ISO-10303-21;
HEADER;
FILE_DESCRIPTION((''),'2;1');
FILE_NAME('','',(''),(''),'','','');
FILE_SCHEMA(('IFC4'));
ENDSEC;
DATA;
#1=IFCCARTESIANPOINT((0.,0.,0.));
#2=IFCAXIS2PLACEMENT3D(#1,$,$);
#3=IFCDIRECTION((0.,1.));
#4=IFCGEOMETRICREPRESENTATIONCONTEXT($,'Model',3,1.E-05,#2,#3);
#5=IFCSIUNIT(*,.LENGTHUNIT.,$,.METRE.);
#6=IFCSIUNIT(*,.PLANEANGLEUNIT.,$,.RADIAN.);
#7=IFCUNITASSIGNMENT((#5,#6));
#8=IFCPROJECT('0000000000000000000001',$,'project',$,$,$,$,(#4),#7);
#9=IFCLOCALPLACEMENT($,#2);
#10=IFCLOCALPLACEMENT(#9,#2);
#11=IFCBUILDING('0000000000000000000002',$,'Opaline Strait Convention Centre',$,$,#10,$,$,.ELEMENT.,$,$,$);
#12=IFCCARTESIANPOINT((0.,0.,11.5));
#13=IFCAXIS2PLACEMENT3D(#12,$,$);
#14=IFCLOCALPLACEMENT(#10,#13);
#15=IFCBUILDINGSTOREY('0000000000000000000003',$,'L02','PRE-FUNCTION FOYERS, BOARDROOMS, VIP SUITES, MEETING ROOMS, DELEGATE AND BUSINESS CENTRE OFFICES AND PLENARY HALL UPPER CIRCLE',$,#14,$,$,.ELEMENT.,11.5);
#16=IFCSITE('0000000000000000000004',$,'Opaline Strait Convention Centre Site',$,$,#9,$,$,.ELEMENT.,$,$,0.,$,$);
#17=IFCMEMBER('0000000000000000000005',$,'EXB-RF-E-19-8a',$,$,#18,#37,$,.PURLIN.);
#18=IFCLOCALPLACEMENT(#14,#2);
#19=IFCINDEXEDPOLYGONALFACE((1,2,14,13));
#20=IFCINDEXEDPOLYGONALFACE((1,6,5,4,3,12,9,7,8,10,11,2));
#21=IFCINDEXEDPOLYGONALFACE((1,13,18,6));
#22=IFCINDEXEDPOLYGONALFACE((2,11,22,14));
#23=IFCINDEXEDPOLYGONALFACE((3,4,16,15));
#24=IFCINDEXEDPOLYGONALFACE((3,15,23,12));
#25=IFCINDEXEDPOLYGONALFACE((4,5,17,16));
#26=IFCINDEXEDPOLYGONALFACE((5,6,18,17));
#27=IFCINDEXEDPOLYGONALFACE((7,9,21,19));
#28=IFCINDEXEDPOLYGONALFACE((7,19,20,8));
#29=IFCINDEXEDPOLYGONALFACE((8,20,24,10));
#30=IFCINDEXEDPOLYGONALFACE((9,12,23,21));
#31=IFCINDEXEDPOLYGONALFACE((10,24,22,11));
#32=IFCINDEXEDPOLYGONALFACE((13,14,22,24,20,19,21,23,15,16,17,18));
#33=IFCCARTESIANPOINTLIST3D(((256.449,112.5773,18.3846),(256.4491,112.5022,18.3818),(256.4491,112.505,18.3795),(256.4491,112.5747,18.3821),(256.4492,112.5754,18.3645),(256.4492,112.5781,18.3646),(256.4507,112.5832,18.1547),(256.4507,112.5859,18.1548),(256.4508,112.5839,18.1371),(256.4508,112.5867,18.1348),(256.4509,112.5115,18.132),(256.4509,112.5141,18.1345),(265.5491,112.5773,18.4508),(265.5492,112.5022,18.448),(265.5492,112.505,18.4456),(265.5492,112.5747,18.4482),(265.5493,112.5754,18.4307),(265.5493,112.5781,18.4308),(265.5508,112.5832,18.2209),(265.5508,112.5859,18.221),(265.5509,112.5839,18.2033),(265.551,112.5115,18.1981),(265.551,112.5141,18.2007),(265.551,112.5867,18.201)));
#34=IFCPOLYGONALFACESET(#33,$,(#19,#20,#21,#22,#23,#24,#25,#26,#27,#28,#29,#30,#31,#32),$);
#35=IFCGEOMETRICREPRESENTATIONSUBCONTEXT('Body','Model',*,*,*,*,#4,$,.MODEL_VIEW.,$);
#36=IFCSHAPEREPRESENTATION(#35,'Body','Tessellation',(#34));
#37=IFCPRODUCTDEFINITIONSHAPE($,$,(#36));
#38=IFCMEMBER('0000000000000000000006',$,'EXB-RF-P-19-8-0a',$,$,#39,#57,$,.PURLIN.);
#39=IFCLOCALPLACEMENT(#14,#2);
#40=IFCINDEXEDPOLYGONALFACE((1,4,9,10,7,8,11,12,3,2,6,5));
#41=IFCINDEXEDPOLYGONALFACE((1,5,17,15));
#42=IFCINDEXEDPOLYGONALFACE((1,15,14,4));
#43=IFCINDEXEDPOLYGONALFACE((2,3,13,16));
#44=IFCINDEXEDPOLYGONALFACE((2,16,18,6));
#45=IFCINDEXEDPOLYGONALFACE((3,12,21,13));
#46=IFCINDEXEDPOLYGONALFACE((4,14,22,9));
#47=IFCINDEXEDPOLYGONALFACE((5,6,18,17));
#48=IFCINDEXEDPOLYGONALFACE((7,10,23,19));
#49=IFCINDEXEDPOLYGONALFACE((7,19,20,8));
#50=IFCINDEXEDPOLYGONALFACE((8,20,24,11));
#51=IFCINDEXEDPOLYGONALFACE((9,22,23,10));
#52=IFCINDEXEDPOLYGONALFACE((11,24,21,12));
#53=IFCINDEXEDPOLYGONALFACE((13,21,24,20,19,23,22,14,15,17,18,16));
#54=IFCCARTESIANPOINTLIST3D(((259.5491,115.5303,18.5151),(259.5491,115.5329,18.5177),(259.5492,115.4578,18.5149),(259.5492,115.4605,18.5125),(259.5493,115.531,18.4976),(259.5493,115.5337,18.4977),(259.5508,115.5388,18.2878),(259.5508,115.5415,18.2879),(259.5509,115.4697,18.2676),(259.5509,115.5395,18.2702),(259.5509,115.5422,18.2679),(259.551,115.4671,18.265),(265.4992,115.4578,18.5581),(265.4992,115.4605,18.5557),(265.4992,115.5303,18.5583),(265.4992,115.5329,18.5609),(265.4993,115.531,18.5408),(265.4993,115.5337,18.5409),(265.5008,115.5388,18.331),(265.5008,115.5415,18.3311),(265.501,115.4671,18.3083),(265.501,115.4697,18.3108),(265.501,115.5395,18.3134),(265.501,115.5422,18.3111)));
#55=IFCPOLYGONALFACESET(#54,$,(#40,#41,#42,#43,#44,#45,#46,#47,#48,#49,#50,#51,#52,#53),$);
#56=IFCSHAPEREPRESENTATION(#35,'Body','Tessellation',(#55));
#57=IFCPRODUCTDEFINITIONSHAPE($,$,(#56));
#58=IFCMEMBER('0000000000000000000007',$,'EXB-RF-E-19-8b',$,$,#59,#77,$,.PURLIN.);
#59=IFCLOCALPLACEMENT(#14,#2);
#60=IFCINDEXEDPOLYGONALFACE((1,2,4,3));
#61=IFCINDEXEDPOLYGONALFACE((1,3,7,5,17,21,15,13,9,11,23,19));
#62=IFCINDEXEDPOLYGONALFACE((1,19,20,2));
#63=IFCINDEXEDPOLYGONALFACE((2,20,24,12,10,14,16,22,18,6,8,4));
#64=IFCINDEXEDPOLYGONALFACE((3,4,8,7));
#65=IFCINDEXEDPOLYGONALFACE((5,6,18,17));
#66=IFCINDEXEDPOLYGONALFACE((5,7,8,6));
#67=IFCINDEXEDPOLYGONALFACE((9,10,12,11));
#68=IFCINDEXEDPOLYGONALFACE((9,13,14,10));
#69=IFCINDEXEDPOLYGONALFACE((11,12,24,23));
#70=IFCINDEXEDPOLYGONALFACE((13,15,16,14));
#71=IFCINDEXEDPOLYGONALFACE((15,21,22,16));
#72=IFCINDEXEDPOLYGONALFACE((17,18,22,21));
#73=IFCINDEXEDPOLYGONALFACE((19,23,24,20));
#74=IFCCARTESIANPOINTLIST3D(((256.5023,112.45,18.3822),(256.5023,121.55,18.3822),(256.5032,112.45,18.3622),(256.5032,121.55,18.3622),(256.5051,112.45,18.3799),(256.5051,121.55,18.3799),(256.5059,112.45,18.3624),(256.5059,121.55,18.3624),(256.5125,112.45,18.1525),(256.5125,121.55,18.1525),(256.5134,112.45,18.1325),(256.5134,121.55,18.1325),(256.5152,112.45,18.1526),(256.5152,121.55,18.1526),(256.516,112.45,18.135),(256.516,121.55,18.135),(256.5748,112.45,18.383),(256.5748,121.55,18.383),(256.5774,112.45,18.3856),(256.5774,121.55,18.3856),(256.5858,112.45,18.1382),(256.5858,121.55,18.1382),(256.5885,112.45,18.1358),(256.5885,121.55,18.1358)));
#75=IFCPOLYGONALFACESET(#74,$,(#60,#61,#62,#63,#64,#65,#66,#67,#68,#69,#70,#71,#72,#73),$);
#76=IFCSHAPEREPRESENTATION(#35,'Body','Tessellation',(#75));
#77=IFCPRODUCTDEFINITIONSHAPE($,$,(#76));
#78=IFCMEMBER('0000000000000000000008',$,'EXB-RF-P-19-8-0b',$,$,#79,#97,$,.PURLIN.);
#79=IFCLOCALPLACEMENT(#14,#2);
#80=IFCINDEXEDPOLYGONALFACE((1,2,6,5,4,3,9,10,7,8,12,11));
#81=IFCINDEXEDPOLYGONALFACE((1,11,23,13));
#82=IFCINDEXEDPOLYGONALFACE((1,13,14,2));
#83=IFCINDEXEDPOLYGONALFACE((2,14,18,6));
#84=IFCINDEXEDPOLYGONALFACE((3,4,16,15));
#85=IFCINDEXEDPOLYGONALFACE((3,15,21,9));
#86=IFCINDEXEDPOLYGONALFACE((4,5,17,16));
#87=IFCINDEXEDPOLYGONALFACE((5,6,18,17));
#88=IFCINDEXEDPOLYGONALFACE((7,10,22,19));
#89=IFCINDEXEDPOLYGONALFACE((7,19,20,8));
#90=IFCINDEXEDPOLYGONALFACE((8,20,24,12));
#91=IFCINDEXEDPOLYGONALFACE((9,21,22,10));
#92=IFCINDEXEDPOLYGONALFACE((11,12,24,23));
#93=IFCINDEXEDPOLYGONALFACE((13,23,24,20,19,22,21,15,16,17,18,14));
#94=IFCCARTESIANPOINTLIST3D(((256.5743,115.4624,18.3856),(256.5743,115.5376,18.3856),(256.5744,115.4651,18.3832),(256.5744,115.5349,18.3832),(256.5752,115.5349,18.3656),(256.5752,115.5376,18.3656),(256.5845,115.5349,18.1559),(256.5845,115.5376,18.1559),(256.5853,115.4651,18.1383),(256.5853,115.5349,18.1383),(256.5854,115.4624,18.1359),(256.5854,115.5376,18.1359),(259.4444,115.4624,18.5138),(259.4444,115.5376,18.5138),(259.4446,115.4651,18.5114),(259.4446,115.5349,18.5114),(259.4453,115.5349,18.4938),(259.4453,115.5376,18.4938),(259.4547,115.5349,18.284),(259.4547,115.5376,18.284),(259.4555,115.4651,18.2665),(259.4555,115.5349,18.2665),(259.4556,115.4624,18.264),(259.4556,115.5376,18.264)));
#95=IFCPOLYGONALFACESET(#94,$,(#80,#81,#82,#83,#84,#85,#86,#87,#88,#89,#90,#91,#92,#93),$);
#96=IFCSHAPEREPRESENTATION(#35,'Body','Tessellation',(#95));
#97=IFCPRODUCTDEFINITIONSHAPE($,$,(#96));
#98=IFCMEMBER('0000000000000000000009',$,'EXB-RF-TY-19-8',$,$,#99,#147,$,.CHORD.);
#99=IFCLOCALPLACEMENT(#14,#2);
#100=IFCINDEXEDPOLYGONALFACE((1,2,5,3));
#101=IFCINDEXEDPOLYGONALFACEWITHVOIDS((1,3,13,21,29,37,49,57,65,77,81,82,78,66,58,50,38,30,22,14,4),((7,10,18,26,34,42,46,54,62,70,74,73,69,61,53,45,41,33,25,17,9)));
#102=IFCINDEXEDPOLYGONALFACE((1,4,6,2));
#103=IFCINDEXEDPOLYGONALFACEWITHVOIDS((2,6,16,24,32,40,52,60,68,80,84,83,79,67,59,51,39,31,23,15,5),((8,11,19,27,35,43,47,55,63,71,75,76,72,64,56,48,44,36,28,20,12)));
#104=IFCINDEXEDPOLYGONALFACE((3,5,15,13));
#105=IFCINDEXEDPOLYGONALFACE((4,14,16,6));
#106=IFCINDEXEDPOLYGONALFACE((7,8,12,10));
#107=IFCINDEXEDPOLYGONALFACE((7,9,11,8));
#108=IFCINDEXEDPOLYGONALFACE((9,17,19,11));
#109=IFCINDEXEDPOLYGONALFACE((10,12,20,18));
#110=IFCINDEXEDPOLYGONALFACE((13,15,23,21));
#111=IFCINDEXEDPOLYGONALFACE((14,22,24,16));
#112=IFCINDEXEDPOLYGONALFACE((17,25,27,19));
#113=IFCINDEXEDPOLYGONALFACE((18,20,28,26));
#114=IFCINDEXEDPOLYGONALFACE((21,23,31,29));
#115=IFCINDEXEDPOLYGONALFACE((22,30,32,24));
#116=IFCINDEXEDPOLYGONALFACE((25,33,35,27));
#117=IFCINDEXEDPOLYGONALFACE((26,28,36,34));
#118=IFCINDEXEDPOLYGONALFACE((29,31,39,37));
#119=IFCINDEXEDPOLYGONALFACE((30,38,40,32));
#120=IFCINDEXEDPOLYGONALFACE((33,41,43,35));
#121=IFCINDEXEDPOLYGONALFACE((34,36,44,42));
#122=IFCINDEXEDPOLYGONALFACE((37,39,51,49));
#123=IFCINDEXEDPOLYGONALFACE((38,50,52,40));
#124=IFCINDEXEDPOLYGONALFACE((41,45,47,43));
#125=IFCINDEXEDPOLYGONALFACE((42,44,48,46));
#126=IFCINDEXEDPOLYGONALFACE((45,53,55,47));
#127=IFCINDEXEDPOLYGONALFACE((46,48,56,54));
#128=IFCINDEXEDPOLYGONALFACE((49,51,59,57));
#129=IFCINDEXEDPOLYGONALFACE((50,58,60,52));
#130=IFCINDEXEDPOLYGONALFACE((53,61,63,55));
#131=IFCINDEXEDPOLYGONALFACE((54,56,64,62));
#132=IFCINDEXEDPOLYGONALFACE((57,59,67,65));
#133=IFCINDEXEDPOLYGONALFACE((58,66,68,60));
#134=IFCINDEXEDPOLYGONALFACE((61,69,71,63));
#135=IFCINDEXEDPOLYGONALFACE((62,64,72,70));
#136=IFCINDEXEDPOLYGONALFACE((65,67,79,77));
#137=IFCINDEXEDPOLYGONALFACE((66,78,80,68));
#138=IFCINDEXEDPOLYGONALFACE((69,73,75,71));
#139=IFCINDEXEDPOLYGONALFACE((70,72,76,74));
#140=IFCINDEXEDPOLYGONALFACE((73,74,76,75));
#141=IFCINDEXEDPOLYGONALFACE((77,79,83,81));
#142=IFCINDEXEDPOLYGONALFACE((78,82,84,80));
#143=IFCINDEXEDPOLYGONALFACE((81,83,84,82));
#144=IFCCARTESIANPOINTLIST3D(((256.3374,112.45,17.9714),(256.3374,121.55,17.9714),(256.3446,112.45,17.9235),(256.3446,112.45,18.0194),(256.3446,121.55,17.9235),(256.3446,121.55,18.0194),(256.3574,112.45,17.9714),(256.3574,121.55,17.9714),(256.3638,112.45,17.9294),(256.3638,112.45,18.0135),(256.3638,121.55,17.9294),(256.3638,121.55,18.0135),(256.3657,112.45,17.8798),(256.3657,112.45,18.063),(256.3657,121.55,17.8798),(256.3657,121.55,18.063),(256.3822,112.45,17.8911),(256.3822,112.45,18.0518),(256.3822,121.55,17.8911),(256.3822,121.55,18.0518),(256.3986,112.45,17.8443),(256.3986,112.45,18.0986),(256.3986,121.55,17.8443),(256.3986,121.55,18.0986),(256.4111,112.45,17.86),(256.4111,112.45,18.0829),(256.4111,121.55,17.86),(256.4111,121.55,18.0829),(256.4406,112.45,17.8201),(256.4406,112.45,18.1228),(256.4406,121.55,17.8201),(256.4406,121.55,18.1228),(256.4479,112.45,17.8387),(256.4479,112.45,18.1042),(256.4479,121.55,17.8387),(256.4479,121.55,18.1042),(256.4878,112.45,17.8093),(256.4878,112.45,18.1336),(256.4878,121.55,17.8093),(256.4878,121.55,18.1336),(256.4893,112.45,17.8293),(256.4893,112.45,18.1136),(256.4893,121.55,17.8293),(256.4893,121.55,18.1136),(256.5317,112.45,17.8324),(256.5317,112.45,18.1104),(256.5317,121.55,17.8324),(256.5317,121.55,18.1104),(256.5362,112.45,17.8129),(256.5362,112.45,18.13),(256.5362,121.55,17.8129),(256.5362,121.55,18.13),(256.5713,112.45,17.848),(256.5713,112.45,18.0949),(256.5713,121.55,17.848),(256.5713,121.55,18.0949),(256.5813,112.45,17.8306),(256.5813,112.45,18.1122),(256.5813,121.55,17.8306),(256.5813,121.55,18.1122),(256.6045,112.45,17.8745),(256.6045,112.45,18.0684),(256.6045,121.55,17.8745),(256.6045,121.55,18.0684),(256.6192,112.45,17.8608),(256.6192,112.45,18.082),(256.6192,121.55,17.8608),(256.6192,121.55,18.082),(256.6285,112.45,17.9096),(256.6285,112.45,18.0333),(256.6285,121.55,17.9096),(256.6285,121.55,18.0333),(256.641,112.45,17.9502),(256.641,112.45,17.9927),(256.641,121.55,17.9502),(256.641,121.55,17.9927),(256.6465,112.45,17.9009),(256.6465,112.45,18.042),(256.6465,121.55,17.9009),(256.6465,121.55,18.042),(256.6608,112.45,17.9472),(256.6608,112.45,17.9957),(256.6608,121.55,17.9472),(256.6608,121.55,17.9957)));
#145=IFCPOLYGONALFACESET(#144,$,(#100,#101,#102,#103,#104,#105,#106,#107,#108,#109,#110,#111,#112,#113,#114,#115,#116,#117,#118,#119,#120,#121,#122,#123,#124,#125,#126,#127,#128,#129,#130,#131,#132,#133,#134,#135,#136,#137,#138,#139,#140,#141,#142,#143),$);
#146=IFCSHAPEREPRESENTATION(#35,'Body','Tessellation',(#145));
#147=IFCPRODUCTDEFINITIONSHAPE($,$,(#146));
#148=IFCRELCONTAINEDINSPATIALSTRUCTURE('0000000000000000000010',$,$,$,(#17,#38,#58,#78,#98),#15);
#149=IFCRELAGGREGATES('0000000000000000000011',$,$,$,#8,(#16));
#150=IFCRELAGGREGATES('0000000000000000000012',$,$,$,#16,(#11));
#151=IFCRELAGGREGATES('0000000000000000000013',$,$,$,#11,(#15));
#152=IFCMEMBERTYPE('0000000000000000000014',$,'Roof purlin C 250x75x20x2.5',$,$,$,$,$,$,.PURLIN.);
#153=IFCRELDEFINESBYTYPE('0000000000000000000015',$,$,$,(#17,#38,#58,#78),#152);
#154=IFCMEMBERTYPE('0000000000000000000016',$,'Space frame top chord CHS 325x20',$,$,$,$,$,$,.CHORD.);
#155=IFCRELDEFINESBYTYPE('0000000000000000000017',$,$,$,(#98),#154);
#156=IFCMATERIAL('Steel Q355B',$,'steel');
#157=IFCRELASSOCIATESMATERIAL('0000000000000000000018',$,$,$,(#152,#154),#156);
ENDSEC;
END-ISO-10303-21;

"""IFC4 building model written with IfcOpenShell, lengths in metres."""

from ifc_helpers import new_model, si_unit, direction, frame, origin, origin_2d, place, context, subcontext, project, spatial, polyline, hollow_circle, outline, extrude, material, material_profile, profile_set, type_object, element, save


model = new_model("IFC4")

# Units and contexts
model_context = context("Model", 3, precision=1e-05, world=origin(), true_north=direction((0.0, 1.0)))
body_context = subcontext(model_context, "Body", "Model", "MODEL_VIEW")
ifc_project = project(units=[si_unit("LENGTHUNIT", "METRE"), si_unit("PLANEANGLEUNIT", "RADIAN")], contexts=[model_context])

# Site, building, storey
site_placement = place(None, origin())
site = spatial("IfcSite", under=ifc_project, at=site_placement, Name="Opaline Strait Convention Centre Site", CompositionType="ELEMENT", RefElevation=0.0)
building_placement = place(site_placement, origin())
building = spatial("IfcBuilding", under=site, at=building_placement, Name="Opaline Strait Convention Centre", CompositionType="ELEMENT")
storey_placement = place(building_placement, frame((0.0, 0.0, 11.5)))
storey = spatial("IfcBuildingStorey", under=building, at=storey_placement, Name="L02", Description="PRE-FUNCTION FOYERS, BOARDROOMS, VIP SUITES, MEETING ROOMS, DELEGATE AND BUSINESS CENTRE OFFICES AND PLENARY HALL UPPER CIRCLE", CompositionType="ELEMENT", Elevation=11.5)

# Members
ifc_material = material(Name="Steel Q355B", Category="steel")
ifc_material_profile_1 = material_profile(ifc_material, outline(polyline([(-0.0376, -0.125), (0.0376, -0.125), (0.0376, -0.105), (0.0349, -0.105), (0.0349, -0.1226), (-0.0349, -0.1226), (-0.0349, 0.1226), (0.0349, 0.1226), (0.0349, 0.105), (0.0376, 0.105), (0.0376, 0.125), (-0.0376, 0.125), (-0.0376, -0.125)])), Name="C 250x75x20x2.5")
ifc_profile_set_1 = profile_set([ifc_material_profile_1], Name="Steel Q355B")
member_type_1 = type_object("IfcMemberType", Name="Roof purlin C 250x75x20x2.5", PredefinedType="PURLIN", material=ifc_profile_set_1)
member_1_placement = place(storey_placement, frame((256.45, 112.5444, 18.2583), z_axis=(0.999974, 0.0, 0.00727), x_axis=(-0.000272, 0.999302, 0.037349)))
element("IfcMember", 1, at=member_1_placement, inside=storey, type_object=member_type_1, Name="EXB-RF-E-19-8a", PredefinedType="PURLIN", context=body_context, shape_type="SweptSolid", body=[
    extrude(outline(polyline([(-0.0376, -0.125), (0.0376, -0.125), (0.0376, -0.105), (0.0349, -0.105), (0.0349, -0.1226), (-0.0349, -0.1226), (-0.0349, 0.1226), (0.0349, 0.1226), (0.0349, 0.105), (0.0376, 0.105), (0.0376, 0.125), (-0.0376, 0.125), (-0.0376, -0.125)])), origin(), (0.0, 0.0, 1.0), 9.1003),
])
member_2_placement = place(storey_placement, frame((259.55, 115.5, 18.3914), z_axis=(0.999974, 0.0, 0.007263), x_axis=(-0.000271, 0.999302, 0.037351)))
element("IfcMember", 2, at=member_2_placement, inside=storey, type_object=member_type_1, Name="EXB-RF-P-19-8-0a", PredefinedType="PURLIN", context=body_context, shape_type="SweptSolid", body=[
    extrude(outline(polyline([(-0.0376, -0.125), (0.0376, -0.125), (0.0376, -0.105), (0.0349, -0.105), (0.0349, -0.1226), (-0.0349, -0.1226), (-0.0349, 0.1226), (0.0349, 0.1226), (0.0349, 0.105), (0.0376, 0.105), (0.0376, 0.125), (-0.0376, 0.125), (-0.0376, -0.125)])), origin(), (0.0, 0.0, 1.0), 5.9502),
])
member_3_placement = place(storey_placement, frame((256.5454, 112.45, 18.259), z_axis=(0.0, 1.0, 0.0), x_axis=(-0.999005, 0.0, -0.044606)))
element("IfcMember", 3, at=member_3_placement, inside=storey, type_object=member_type_1, Name="EXB-RF-E-19-8b", PredefinedType="PURLIN", context=body_context, shape_type="SweptSolid", body=[
    extrude(outline(polyline([(-0.0376, -0.125), (0.0376, -0.125), (0.0376, -0.105), (0.0349, -0.105), (0.0349, -0.1226), (-0.0349, -0.1226), (-0.0349, 0.1226), (0.0349, 0.1226), (0.0349, 0.105), (0.0376, 0.105), (0.0376, 0.125), (-0.0376, 0.125), (-0.0376, -0.125)])), origin(), (0.0, 0.0, 1.0), 9.1001),
])
member_4_placement = place(storey_placement, frame((256.5798, 115.5, 18.2607), z_axis=(0.999004, 0.0, 0.044614), x_axis=(0.0, 1.0, 0.0)))
element("IfcMember", 4, at=member_4_placement, inside=storey, type_object=member_type_1, Name="EXB-RF-P-19-8-0b", PredefinedType="PURLIN", context=body_context, shape_type="SweptSolid", body=[
    extrude(outline(polyline([(-0.0376, -0.125), (0.0376, -0.125), (0.0376, -0.105), (0.0349, -0.105), (0.0349, -0.1226), (-0.0349, -0.1226), (-0.0349, 0.1226), (0.0349, 0.1226), (0.0349, 0.105), (0.0376, 0.105), (0.0376, 0.125), (-0.0376, 0.125), (-0.0376, -0.125)])), origin(), (0.0, 0.0, 1.0), 2.873),
])
ifc_material_profile_2 = material_profile(ifc_material, hollow_circle(Radius=0.1626, WallThickness=0.02, at=origin_2d()), Name="CHS 325x20")
ifc_profile_set_2 = profile_set([ifc_material_profile_2], Name="Steel Q355B")
member_type_2 = type_object("IfcMemberType", Name="Space frame top chord CHS 325x20", PredefinedType="CHORD", material=ifc_profile_set_2)
member_5_placement = place(storey_placement, frame((256.5, 112.45, 17.9714), z_axis=(0.0, 1.0, 0.0), x_axis=(-1.0, 0.0, 0.0)))
element("IfcMember", 5, at=member_5_placement, inside=storey, type_object=member_type_2, Name="EXB-RF-TY-19-8", PredefinedType="CHORD", context=body_context, shape_type="SweptSolid", body=[
    extrude(hollow_circle(Radius=0.1626, WallThickness=0.02, at=origin_2d()), origin(), (0.0, 0.0, 1.0), 9.1001),
])

save(model, "model.ifc")
